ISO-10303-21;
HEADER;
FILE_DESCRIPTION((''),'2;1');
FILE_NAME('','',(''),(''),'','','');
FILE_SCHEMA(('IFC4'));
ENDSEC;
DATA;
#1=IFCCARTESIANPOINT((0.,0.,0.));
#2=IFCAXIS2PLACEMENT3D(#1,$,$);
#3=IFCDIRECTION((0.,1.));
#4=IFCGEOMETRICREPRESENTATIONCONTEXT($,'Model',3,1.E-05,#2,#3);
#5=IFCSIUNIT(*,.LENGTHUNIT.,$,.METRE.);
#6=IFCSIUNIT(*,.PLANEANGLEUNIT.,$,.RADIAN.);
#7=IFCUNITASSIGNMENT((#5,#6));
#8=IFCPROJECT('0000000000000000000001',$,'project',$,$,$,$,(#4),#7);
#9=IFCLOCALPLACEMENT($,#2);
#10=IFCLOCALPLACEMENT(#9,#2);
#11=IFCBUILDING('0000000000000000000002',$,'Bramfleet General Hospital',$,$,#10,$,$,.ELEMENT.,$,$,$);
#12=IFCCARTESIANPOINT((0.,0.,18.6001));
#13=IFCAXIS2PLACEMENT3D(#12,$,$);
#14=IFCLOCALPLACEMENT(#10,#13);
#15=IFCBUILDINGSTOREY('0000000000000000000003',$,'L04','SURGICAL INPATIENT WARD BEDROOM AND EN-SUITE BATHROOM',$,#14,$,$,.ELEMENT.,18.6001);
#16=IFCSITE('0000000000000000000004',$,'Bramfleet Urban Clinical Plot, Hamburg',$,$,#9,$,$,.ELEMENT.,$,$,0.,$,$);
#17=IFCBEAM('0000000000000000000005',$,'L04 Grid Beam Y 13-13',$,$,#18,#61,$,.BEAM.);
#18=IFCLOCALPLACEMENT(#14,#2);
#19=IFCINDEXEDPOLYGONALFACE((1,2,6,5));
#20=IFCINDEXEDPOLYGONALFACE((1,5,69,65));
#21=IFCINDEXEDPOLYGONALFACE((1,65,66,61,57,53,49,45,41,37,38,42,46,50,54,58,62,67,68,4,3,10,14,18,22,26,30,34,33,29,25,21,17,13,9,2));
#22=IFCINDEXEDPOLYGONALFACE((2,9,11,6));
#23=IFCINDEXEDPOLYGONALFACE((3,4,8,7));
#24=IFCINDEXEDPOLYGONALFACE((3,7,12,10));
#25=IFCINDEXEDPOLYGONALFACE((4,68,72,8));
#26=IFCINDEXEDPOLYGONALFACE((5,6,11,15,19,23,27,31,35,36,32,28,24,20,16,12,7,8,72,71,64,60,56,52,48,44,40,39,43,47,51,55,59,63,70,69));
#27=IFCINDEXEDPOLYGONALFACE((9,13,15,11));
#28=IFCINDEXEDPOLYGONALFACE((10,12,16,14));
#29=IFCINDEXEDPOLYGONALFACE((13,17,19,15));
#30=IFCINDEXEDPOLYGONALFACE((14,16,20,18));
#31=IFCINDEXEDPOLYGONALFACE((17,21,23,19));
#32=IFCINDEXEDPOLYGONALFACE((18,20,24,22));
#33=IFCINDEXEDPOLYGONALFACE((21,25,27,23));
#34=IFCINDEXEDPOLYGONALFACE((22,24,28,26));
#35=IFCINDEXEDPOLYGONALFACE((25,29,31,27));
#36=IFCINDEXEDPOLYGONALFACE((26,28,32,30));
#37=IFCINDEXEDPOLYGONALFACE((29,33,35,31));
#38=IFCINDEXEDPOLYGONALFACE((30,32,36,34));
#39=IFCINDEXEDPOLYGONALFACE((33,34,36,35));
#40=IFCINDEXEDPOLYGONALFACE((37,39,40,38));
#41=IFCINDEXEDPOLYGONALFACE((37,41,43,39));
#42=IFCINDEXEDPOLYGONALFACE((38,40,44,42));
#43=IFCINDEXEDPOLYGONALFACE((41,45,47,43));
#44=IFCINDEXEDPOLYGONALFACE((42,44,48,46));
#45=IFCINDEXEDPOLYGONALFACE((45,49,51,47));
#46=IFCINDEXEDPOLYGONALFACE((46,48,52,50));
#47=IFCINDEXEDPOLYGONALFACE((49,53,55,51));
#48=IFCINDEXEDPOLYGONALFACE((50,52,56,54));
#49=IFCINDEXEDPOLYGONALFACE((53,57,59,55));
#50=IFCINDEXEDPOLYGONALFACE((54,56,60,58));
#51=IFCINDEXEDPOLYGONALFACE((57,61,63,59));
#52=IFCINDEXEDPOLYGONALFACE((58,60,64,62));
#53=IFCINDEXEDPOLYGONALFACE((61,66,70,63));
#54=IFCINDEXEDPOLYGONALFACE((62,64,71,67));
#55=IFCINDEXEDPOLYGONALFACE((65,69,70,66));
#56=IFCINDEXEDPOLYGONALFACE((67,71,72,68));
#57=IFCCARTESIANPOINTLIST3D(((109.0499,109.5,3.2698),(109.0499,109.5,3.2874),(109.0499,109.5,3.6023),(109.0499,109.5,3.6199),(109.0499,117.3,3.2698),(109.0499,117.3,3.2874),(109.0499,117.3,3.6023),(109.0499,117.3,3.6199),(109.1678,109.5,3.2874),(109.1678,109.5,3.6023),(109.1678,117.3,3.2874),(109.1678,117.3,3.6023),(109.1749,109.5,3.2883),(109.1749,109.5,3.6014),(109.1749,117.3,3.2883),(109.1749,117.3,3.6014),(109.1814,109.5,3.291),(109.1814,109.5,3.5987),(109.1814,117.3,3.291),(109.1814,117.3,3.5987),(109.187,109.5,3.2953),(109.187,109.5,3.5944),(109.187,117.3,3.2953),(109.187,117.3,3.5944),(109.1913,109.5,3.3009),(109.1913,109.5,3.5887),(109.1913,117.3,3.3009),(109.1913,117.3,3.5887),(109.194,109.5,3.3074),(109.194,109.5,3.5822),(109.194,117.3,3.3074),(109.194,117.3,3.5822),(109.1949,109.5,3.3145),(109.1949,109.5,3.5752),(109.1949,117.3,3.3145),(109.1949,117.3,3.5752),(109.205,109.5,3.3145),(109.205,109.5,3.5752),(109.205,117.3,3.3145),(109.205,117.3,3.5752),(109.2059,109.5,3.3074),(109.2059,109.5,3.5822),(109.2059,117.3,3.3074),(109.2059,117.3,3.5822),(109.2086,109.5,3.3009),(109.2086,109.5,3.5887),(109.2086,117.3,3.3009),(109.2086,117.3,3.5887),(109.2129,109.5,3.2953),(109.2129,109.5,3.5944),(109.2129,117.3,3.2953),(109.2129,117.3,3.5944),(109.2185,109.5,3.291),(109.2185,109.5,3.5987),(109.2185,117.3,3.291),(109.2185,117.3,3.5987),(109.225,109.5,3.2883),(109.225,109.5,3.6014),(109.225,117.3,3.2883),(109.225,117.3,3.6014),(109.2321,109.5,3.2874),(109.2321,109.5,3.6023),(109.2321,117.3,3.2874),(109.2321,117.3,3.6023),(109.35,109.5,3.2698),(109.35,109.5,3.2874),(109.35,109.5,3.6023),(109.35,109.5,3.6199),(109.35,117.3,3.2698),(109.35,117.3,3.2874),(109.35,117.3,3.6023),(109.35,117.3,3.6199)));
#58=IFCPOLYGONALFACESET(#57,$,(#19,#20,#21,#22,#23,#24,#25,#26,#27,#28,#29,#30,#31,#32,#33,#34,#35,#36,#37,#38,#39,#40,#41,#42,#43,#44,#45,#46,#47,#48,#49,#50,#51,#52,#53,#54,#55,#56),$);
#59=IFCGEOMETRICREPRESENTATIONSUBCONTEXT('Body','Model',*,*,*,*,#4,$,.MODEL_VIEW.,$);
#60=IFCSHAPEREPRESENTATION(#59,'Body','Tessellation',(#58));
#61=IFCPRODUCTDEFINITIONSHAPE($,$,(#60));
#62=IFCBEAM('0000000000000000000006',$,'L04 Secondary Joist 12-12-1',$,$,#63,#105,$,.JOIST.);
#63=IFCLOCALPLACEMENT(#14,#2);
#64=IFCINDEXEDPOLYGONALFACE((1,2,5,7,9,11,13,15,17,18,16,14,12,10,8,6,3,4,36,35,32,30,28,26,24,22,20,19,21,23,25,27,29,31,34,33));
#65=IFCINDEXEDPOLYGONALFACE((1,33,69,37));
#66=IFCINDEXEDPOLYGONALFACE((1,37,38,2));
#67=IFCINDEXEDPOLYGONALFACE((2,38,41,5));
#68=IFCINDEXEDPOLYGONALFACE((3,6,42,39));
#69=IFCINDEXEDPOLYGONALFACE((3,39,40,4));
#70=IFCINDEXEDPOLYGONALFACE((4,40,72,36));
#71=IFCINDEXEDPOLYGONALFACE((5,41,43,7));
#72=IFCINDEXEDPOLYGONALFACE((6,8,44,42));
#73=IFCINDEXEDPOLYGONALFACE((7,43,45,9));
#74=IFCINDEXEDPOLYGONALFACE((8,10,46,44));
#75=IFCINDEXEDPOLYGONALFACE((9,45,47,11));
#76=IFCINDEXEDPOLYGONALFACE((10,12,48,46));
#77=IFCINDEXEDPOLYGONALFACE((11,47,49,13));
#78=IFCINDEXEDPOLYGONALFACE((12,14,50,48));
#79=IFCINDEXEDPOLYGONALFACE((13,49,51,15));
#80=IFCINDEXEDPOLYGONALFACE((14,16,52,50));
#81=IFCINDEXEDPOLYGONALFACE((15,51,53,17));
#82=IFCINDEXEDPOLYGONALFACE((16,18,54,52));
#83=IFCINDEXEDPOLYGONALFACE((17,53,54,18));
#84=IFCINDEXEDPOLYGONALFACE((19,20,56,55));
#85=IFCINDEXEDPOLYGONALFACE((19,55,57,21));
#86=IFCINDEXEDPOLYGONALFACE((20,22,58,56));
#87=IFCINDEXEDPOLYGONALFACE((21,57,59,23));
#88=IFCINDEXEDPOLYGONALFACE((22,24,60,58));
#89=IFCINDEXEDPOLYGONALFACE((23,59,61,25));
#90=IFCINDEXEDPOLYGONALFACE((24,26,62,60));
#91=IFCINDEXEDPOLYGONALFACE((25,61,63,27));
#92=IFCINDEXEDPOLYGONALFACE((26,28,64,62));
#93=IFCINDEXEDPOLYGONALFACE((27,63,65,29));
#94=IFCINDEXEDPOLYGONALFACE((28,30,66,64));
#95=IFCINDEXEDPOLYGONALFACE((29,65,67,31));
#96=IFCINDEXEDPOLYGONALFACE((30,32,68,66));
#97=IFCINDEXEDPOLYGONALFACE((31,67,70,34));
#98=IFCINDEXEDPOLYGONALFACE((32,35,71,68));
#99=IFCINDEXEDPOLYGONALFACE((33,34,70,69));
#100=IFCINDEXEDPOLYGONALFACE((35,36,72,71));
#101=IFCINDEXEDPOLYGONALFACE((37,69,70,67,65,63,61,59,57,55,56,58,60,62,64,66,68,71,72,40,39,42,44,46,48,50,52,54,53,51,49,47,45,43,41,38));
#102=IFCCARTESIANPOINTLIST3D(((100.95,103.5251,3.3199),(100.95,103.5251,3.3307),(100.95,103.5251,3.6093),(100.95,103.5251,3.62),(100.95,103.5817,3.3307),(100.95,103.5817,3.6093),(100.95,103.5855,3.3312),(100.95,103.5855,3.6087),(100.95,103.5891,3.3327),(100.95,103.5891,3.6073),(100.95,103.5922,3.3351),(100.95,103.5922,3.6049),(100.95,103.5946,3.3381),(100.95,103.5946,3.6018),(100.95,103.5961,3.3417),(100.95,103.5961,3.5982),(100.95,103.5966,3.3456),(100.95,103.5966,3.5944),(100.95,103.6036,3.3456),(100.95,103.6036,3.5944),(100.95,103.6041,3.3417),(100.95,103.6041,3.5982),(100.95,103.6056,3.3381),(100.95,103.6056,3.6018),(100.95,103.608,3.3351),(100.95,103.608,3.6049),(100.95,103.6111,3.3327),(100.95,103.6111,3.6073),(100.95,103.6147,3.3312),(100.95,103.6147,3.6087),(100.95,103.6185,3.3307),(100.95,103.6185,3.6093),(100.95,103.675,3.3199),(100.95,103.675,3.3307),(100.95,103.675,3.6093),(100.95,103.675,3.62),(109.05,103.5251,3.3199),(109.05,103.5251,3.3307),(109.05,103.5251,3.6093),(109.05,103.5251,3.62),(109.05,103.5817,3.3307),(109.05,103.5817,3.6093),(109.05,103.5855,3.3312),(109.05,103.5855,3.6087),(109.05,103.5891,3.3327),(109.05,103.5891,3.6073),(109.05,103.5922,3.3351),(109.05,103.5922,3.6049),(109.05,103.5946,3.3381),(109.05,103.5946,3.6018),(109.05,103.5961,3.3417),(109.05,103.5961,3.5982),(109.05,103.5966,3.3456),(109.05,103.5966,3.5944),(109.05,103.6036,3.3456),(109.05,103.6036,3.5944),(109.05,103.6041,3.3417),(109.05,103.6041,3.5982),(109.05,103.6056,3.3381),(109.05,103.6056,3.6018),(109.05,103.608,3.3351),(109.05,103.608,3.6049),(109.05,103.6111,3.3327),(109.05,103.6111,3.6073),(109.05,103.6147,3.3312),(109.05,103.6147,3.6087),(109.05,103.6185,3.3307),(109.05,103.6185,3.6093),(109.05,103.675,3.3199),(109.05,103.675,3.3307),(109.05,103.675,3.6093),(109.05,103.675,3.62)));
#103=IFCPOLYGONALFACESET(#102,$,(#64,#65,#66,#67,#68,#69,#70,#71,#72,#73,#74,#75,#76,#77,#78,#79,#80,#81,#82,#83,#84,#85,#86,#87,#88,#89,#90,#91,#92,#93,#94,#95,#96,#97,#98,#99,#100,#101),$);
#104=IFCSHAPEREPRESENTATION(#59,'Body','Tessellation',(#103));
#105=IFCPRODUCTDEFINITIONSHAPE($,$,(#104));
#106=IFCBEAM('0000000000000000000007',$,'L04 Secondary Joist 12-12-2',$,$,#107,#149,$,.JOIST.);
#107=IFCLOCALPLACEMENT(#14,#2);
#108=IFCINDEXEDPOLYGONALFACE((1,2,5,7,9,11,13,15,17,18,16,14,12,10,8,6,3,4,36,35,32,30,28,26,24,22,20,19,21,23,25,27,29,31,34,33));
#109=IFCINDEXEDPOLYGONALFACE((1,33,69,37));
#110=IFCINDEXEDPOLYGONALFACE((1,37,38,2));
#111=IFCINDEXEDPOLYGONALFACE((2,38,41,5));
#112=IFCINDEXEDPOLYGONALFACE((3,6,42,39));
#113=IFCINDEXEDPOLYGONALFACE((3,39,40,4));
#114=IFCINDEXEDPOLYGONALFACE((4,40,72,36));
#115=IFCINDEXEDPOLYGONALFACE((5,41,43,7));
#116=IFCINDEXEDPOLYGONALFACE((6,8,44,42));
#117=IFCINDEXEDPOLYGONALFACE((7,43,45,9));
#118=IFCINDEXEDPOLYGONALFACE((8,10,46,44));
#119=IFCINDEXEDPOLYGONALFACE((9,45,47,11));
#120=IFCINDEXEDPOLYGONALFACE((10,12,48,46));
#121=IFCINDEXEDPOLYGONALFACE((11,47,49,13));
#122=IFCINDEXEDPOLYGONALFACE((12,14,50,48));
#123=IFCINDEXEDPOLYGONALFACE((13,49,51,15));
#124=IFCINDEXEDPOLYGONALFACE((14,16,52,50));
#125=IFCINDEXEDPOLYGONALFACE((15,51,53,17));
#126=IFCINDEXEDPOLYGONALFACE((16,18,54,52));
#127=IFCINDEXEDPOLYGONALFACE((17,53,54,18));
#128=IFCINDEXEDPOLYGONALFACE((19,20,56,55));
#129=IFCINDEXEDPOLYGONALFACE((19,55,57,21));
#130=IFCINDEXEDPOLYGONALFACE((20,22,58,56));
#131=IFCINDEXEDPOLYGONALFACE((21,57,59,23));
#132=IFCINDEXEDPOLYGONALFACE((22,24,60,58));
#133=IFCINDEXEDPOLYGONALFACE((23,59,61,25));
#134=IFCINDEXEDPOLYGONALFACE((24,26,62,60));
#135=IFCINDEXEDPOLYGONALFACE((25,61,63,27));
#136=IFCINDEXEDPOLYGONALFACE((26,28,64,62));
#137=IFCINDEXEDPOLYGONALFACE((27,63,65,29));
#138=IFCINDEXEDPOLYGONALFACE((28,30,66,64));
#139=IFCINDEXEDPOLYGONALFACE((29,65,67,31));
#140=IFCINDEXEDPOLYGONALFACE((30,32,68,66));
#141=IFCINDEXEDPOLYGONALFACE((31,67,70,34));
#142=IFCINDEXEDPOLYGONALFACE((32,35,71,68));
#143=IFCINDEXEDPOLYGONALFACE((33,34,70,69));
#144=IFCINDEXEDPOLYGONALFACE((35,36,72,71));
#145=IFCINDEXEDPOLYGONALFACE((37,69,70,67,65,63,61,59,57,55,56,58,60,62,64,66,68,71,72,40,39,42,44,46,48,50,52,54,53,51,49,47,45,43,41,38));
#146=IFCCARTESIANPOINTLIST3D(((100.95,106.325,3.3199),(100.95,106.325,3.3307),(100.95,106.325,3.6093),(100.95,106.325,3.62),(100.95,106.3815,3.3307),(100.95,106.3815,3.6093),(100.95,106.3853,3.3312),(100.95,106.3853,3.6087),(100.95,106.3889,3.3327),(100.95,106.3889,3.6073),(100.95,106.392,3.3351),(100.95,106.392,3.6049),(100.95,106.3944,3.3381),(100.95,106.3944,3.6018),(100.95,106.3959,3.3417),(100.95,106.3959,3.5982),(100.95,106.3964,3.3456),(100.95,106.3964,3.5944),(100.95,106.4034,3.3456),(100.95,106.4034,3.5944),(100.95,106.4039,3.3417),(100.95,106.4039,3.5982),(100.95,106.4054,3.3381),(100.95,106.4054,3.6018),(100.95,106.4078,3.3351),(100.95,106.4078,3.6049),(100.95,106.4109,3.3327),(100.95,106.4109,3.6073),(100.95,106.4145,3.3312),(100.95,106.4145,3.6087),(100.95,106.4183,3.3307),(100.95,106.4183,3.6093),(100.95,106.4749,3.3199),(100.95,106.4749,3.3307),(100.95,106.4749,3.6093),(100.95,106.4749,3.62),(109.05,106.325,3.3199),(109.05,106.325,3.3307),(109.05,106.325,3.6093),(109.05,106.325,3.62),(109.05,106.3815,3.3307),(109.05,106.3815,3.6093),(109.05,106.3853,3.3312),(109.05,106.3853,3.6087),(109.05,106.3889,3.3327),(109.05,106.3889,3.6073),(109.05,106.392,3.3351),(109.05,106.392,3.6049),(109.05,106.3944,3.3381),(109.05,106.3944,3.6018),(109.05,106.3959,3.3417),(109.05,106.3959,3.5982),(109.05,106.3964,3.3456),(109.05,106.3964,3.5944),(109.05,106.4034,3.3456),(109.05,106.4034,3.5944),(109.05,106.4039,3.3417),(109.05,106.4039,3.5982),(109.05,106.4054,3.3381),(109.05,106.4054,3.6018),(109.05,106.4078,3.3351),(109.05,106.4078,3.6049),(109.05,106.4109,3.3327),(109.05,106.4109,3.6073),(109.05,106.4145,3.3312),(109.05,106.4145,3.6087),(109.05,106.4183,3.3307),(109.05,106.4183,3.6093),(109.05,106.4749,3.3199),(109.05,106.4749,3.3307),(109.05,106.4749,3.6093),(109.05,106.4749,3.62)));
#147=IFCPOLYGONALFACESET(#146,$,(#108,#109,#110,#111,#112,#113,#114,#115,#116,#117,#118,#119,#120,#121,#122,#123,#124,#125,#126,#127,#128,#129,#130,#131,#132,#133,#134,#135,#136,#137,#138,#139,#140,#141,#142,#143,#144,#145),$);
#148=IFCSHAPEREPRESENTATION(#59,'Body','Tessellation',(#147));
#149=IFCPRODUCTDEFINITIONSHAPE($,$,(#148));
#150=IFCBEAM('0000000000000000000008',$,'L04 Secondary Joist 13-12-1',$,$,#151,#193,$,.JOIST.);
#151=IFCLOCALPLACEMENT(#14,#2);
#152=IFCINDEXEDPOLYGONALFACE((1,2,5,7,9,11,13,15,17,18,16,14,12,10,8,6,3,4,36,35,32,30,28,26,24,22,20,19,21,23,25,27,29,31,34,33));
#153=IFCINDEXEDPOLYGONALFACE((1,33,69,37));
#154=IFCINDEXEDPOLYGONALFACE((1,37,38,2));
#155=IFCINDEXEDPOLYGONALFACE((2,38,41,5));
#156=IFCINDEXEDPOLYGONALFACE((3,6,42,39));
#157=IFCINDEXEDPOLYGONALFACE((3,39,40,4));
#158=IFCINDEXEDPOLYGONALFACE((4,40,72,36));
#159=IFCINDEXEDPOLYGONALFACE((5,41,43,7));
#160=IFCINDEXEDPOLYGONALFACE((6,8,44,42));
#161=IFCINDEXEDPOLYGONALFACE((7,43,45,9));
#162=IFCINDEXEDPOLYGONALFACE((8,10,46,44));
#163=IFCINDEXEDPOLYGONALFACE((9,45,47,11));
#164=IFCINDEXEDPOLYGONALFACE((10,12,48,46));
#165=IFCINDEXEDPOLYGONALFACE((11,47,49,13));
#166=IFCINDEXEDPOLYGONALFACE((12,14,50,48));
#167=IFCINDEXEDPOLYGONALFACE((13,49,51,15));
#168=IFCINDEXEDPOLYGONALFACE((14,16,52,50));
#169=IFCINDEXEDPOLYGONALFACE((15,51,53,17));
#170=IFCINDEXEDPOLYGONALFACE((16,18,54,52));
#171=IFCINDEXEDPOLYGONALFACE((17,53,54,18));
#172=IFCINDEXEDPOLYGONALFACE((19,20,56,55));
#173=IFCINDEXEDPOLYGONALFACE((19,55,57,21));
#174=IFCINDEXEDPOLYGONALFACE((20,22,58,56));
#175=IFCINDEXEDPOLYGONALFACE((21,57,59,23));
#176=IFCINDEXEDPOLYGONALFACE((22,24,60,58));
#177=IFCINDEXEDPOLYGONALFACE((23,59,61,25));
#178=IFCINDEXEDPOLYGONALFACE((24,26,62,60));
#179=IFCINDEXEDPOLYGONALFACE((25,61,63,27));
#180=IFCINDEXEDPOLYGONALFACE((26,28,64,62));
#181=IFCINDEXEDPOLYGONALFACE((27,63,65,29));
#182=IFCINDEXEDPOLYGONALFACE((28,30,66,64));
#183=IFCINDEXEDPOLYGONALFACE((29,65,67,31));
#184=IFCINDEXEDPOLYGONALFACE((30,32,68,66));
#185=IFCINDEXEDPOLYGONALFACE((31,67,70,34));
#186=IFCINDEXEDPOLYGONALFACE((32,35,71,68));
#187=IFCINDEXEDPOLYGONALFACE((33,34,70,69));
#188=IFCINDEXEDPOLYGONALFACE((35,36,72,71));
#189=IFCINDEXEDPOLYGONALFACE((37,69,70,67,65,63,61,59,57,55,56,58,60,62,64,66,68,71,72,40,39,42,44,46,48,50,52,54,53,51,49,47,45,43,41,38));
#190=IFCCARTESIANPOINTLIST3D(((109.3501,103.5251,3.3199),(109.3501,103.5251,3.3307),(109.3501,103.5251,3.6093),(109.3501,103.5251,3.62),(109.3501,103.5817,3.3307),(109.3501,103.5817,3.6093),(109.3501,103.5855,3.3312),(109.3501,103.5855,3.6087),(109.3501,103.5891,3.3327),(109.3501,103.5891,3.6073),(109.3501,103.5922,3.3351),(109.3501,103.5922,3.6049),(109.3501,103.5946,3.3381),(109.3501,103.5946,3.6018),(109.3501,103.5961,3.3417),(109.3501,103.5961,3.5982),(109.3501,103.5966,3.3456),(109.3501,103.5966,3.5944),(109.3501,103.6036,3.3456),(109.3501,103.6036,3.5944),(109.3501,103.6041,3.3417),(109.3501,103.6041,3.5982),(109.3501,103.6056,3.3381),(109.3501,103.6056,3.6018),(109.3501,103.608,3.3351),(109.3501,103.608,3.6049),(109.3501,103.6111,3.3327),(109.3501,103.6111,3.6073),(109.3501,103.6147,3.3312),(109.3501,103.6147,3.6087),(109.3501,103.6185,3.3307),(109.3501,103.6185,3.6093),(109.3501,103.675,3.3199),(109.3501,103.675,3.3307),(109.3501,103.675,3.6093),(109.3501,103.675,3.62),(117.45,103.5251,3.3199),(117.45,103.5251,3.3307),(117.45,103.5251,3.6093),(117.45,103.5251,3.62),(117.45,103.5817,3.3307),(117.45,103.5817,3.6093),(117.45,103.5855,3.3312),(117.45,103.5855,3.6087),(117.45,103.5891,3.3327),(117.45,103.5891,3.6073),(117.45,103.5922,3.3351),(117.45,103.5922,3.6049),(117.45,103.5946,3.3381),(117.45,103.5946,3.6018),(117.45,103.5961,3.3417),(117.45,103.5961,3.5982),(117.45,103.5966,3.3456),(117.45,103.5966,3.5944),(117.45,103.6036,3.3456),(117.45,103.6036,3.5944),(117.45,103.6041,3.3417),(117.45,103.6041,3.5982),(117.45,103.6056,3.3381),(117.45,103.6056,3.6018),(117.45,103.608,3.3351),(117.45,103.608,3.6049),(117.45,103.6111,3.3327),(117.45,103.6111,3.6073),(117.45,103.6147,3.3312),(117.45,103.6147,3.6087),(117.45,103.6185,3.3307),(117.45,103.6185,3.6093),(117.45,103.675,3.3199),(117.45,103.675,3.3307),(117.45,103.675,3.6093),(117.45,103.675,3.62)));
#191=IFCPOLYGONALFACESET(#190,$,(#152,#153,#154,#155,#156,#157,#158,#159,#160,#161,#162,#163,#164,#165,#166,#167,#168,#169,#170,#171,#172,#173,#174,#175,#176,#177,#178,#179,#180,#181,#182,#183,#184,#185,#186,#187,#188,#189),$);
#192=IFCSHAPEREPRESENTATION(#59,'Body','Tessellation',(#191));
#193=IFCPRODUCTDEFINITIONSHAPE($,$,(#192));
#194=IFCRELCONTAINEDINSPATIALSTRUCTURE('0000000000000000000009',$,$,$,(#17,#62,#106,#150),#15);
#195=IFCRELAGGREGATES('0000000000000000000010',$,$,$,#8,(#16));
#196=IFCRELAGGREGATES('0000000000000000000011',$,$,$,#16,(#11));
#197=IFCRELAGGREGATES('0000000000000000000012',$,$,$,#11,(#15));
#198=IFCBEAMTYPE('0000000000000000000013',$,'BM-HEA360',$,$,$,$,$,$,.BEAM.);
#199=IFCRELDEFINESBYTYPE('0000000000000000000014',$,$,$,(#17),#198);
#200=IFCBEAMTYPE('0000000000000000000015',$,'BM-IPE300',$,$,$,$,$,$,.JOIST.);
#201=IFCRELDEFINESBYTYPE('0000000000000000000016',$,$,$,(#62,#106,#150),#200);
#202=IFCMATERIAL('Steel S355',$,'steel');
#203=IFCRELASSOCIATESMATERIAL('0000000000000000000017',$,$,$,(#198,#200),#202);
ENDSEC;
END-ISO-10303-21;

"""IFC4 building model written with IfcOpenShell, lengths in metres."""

from ifc_helpers import new_model, si_unit, direction, frame, origin, origin_2d, place, context, subcontext, project, spatial, i_section, extrude, material, material_profile, profile_set, type_object, element, save


model = new_model("IFC4")

# Units and contexts
model_context = context("Model", 3, precision=1e-05, world=origin(), true_north=direction((0.0, 1.0)))
body_context = subcontext(model_context, "Body", "Model", "MODEL_VIEW")
ifc_project = project(units=[si_unit("LENGTHUNIT", "METRE"), si_unit("PLANEANGLEUNIT", "RADIAN")], contexts=[model_context])

# Site, building, storey
site_placement = place(None, origin())
site = spatial("IfcSite", under=ifc_project, at=site_placement, Name="Bramfleet Urban Clinical Plot, Hamburg", CompositionType="ELEMENT", RefElevation=0.0)
building_placement = place(site_placement, origin())
building = spatial("IfcBuilding", under=site, at=building_placement, Name="Bramfleet General Hospital", CompositionType="ELEMENT")
storey_placement = place(building_placement, frame((0.0, 0.0, 18.6001)))
storey = spatial("IfcBuildingStorey", under=building, at=storey_placement, Name="L04", Description="SURGICAL INPATIENT WARD BEDROOM AND EN-SUITE BATHROOM", CompositionType="ELEMENT", Elevation=18.6001)

# Beams
ifc_material_1 = material(Name="Steel S355", Category="steel")
ifc_material_profile_1 = material_profile(ifc_material_1, i_section(OverallWidth=0.3, OverallDepth=0.3501, WebThickness=0.01, FlangeThickness=0.0176, FilletRadius=0.0271, at=origin_2d()), Name="HEA 360")
ifc_profile_set_1 = profile_set([ifc_material_profile_1], Name="Steel S355")
beam_type_1 = type_object("IfcBeamType", Name="BM-HEA360", PredefinedType="BEAM", material=ifc_profile_set_1)
beam_1_placement = place(storey_placement, frame((109.2, 109.5, 3.4448), z_axis=(0.0, 1.0, 0.0), x_axis=(-1.0, 0.0, 0.0)))
element("IfcBeam", 1, at=beam_1_placement, inside=storey, type_object=beam_type_1, Name="L04 Grid Beam Y 13-13", PredefinedType="BEAM", context=body_context, shape_type="SweptSolid", body=[
    extrude(i_section(OverallWidth=0.3, OverallDepth=0.3501, WebThickness=0.01, FlangeThickness=0.0176, FilletRadius=0.0271, at=origin_2d()), origin(), (0.0, 0.0, 1.0), 7.8),
])
ifc_material_profile_2 = material_profile(ifc_material_1, i_section(OverallWidth=0.1499, OverallDepth=0.3, WebThickness=0.0071, FlangeThickness=0.0107, FilletRadius=0.0149, at=origin_2d()), Name="IPE 300")
ifc_profile_set_2 = profile_set([ifc_material_profile_2], Name="Steel S355")
beam_type_2 = type_object("IfcBeamType", Name="BM-IPE300", PredefinedType="JOIST", material=ifc_profile_set_2)
for number, where, z_axis, x_axis, name in (
    (2, (100.95, 103.6001, 3.47), (1.0, 0.0, 0.0), (0.0, 1.0, 0.0), "L04 Secondary Joist 12-12-1"),
    (3, (100.95, 106.3999, 3.47), (1.0, 0.0, 0.0), (0.0, 1.0, 0.0), "L04 Secondary Joist 12-12-2"),
):
    element("IfcBeam", number, at=place(storey_placement, frame(where, z_axis=z_axis, x_axis=x_axis)), inside=storey, type_object=beam_type_2, Name=name, PredefinedType="JOIST", context=body_context, shape_type="SweptSolid", body=[
        extrude(i_section(OverallWidth=0.1499, OverallDepth=0.3, WebThickness=0.0071, FlangeThickness=0.0107, FilletRadius=0.0149, at=origin_2d()), origin(), (0.0, 0.0, 1.0), 8.1001),
    ])
for number, where, z_axis, x_axis, name in (
    (4, (109.3501, 103.6001, 3.47), (1.0, 0.0, 0.0), (0.0, 1.0, 0.0), "L04 Secondary Joist 13-12-1"),
):
    element("IfcBeam", number, at=place(storey_placement, frame(where, z_axis=z_axis, x_axis=x_axis)), inside=storey, type_object=beam_type_2, Name=name, PredefinedType="JOIST", context=body_context, shape_type="SweptSolid", body=[
        extrude(i_section(OverallWidth=0.1499, OverallDepth=0.3, WebThickness=0.0071, FlangeThickness=0.0107, FilletRadius=0.0149, at=origin_2d()), origin(), (0.0, 0.0, 1.0), 8.0999),
    ])

save(model, "model.ifc")
